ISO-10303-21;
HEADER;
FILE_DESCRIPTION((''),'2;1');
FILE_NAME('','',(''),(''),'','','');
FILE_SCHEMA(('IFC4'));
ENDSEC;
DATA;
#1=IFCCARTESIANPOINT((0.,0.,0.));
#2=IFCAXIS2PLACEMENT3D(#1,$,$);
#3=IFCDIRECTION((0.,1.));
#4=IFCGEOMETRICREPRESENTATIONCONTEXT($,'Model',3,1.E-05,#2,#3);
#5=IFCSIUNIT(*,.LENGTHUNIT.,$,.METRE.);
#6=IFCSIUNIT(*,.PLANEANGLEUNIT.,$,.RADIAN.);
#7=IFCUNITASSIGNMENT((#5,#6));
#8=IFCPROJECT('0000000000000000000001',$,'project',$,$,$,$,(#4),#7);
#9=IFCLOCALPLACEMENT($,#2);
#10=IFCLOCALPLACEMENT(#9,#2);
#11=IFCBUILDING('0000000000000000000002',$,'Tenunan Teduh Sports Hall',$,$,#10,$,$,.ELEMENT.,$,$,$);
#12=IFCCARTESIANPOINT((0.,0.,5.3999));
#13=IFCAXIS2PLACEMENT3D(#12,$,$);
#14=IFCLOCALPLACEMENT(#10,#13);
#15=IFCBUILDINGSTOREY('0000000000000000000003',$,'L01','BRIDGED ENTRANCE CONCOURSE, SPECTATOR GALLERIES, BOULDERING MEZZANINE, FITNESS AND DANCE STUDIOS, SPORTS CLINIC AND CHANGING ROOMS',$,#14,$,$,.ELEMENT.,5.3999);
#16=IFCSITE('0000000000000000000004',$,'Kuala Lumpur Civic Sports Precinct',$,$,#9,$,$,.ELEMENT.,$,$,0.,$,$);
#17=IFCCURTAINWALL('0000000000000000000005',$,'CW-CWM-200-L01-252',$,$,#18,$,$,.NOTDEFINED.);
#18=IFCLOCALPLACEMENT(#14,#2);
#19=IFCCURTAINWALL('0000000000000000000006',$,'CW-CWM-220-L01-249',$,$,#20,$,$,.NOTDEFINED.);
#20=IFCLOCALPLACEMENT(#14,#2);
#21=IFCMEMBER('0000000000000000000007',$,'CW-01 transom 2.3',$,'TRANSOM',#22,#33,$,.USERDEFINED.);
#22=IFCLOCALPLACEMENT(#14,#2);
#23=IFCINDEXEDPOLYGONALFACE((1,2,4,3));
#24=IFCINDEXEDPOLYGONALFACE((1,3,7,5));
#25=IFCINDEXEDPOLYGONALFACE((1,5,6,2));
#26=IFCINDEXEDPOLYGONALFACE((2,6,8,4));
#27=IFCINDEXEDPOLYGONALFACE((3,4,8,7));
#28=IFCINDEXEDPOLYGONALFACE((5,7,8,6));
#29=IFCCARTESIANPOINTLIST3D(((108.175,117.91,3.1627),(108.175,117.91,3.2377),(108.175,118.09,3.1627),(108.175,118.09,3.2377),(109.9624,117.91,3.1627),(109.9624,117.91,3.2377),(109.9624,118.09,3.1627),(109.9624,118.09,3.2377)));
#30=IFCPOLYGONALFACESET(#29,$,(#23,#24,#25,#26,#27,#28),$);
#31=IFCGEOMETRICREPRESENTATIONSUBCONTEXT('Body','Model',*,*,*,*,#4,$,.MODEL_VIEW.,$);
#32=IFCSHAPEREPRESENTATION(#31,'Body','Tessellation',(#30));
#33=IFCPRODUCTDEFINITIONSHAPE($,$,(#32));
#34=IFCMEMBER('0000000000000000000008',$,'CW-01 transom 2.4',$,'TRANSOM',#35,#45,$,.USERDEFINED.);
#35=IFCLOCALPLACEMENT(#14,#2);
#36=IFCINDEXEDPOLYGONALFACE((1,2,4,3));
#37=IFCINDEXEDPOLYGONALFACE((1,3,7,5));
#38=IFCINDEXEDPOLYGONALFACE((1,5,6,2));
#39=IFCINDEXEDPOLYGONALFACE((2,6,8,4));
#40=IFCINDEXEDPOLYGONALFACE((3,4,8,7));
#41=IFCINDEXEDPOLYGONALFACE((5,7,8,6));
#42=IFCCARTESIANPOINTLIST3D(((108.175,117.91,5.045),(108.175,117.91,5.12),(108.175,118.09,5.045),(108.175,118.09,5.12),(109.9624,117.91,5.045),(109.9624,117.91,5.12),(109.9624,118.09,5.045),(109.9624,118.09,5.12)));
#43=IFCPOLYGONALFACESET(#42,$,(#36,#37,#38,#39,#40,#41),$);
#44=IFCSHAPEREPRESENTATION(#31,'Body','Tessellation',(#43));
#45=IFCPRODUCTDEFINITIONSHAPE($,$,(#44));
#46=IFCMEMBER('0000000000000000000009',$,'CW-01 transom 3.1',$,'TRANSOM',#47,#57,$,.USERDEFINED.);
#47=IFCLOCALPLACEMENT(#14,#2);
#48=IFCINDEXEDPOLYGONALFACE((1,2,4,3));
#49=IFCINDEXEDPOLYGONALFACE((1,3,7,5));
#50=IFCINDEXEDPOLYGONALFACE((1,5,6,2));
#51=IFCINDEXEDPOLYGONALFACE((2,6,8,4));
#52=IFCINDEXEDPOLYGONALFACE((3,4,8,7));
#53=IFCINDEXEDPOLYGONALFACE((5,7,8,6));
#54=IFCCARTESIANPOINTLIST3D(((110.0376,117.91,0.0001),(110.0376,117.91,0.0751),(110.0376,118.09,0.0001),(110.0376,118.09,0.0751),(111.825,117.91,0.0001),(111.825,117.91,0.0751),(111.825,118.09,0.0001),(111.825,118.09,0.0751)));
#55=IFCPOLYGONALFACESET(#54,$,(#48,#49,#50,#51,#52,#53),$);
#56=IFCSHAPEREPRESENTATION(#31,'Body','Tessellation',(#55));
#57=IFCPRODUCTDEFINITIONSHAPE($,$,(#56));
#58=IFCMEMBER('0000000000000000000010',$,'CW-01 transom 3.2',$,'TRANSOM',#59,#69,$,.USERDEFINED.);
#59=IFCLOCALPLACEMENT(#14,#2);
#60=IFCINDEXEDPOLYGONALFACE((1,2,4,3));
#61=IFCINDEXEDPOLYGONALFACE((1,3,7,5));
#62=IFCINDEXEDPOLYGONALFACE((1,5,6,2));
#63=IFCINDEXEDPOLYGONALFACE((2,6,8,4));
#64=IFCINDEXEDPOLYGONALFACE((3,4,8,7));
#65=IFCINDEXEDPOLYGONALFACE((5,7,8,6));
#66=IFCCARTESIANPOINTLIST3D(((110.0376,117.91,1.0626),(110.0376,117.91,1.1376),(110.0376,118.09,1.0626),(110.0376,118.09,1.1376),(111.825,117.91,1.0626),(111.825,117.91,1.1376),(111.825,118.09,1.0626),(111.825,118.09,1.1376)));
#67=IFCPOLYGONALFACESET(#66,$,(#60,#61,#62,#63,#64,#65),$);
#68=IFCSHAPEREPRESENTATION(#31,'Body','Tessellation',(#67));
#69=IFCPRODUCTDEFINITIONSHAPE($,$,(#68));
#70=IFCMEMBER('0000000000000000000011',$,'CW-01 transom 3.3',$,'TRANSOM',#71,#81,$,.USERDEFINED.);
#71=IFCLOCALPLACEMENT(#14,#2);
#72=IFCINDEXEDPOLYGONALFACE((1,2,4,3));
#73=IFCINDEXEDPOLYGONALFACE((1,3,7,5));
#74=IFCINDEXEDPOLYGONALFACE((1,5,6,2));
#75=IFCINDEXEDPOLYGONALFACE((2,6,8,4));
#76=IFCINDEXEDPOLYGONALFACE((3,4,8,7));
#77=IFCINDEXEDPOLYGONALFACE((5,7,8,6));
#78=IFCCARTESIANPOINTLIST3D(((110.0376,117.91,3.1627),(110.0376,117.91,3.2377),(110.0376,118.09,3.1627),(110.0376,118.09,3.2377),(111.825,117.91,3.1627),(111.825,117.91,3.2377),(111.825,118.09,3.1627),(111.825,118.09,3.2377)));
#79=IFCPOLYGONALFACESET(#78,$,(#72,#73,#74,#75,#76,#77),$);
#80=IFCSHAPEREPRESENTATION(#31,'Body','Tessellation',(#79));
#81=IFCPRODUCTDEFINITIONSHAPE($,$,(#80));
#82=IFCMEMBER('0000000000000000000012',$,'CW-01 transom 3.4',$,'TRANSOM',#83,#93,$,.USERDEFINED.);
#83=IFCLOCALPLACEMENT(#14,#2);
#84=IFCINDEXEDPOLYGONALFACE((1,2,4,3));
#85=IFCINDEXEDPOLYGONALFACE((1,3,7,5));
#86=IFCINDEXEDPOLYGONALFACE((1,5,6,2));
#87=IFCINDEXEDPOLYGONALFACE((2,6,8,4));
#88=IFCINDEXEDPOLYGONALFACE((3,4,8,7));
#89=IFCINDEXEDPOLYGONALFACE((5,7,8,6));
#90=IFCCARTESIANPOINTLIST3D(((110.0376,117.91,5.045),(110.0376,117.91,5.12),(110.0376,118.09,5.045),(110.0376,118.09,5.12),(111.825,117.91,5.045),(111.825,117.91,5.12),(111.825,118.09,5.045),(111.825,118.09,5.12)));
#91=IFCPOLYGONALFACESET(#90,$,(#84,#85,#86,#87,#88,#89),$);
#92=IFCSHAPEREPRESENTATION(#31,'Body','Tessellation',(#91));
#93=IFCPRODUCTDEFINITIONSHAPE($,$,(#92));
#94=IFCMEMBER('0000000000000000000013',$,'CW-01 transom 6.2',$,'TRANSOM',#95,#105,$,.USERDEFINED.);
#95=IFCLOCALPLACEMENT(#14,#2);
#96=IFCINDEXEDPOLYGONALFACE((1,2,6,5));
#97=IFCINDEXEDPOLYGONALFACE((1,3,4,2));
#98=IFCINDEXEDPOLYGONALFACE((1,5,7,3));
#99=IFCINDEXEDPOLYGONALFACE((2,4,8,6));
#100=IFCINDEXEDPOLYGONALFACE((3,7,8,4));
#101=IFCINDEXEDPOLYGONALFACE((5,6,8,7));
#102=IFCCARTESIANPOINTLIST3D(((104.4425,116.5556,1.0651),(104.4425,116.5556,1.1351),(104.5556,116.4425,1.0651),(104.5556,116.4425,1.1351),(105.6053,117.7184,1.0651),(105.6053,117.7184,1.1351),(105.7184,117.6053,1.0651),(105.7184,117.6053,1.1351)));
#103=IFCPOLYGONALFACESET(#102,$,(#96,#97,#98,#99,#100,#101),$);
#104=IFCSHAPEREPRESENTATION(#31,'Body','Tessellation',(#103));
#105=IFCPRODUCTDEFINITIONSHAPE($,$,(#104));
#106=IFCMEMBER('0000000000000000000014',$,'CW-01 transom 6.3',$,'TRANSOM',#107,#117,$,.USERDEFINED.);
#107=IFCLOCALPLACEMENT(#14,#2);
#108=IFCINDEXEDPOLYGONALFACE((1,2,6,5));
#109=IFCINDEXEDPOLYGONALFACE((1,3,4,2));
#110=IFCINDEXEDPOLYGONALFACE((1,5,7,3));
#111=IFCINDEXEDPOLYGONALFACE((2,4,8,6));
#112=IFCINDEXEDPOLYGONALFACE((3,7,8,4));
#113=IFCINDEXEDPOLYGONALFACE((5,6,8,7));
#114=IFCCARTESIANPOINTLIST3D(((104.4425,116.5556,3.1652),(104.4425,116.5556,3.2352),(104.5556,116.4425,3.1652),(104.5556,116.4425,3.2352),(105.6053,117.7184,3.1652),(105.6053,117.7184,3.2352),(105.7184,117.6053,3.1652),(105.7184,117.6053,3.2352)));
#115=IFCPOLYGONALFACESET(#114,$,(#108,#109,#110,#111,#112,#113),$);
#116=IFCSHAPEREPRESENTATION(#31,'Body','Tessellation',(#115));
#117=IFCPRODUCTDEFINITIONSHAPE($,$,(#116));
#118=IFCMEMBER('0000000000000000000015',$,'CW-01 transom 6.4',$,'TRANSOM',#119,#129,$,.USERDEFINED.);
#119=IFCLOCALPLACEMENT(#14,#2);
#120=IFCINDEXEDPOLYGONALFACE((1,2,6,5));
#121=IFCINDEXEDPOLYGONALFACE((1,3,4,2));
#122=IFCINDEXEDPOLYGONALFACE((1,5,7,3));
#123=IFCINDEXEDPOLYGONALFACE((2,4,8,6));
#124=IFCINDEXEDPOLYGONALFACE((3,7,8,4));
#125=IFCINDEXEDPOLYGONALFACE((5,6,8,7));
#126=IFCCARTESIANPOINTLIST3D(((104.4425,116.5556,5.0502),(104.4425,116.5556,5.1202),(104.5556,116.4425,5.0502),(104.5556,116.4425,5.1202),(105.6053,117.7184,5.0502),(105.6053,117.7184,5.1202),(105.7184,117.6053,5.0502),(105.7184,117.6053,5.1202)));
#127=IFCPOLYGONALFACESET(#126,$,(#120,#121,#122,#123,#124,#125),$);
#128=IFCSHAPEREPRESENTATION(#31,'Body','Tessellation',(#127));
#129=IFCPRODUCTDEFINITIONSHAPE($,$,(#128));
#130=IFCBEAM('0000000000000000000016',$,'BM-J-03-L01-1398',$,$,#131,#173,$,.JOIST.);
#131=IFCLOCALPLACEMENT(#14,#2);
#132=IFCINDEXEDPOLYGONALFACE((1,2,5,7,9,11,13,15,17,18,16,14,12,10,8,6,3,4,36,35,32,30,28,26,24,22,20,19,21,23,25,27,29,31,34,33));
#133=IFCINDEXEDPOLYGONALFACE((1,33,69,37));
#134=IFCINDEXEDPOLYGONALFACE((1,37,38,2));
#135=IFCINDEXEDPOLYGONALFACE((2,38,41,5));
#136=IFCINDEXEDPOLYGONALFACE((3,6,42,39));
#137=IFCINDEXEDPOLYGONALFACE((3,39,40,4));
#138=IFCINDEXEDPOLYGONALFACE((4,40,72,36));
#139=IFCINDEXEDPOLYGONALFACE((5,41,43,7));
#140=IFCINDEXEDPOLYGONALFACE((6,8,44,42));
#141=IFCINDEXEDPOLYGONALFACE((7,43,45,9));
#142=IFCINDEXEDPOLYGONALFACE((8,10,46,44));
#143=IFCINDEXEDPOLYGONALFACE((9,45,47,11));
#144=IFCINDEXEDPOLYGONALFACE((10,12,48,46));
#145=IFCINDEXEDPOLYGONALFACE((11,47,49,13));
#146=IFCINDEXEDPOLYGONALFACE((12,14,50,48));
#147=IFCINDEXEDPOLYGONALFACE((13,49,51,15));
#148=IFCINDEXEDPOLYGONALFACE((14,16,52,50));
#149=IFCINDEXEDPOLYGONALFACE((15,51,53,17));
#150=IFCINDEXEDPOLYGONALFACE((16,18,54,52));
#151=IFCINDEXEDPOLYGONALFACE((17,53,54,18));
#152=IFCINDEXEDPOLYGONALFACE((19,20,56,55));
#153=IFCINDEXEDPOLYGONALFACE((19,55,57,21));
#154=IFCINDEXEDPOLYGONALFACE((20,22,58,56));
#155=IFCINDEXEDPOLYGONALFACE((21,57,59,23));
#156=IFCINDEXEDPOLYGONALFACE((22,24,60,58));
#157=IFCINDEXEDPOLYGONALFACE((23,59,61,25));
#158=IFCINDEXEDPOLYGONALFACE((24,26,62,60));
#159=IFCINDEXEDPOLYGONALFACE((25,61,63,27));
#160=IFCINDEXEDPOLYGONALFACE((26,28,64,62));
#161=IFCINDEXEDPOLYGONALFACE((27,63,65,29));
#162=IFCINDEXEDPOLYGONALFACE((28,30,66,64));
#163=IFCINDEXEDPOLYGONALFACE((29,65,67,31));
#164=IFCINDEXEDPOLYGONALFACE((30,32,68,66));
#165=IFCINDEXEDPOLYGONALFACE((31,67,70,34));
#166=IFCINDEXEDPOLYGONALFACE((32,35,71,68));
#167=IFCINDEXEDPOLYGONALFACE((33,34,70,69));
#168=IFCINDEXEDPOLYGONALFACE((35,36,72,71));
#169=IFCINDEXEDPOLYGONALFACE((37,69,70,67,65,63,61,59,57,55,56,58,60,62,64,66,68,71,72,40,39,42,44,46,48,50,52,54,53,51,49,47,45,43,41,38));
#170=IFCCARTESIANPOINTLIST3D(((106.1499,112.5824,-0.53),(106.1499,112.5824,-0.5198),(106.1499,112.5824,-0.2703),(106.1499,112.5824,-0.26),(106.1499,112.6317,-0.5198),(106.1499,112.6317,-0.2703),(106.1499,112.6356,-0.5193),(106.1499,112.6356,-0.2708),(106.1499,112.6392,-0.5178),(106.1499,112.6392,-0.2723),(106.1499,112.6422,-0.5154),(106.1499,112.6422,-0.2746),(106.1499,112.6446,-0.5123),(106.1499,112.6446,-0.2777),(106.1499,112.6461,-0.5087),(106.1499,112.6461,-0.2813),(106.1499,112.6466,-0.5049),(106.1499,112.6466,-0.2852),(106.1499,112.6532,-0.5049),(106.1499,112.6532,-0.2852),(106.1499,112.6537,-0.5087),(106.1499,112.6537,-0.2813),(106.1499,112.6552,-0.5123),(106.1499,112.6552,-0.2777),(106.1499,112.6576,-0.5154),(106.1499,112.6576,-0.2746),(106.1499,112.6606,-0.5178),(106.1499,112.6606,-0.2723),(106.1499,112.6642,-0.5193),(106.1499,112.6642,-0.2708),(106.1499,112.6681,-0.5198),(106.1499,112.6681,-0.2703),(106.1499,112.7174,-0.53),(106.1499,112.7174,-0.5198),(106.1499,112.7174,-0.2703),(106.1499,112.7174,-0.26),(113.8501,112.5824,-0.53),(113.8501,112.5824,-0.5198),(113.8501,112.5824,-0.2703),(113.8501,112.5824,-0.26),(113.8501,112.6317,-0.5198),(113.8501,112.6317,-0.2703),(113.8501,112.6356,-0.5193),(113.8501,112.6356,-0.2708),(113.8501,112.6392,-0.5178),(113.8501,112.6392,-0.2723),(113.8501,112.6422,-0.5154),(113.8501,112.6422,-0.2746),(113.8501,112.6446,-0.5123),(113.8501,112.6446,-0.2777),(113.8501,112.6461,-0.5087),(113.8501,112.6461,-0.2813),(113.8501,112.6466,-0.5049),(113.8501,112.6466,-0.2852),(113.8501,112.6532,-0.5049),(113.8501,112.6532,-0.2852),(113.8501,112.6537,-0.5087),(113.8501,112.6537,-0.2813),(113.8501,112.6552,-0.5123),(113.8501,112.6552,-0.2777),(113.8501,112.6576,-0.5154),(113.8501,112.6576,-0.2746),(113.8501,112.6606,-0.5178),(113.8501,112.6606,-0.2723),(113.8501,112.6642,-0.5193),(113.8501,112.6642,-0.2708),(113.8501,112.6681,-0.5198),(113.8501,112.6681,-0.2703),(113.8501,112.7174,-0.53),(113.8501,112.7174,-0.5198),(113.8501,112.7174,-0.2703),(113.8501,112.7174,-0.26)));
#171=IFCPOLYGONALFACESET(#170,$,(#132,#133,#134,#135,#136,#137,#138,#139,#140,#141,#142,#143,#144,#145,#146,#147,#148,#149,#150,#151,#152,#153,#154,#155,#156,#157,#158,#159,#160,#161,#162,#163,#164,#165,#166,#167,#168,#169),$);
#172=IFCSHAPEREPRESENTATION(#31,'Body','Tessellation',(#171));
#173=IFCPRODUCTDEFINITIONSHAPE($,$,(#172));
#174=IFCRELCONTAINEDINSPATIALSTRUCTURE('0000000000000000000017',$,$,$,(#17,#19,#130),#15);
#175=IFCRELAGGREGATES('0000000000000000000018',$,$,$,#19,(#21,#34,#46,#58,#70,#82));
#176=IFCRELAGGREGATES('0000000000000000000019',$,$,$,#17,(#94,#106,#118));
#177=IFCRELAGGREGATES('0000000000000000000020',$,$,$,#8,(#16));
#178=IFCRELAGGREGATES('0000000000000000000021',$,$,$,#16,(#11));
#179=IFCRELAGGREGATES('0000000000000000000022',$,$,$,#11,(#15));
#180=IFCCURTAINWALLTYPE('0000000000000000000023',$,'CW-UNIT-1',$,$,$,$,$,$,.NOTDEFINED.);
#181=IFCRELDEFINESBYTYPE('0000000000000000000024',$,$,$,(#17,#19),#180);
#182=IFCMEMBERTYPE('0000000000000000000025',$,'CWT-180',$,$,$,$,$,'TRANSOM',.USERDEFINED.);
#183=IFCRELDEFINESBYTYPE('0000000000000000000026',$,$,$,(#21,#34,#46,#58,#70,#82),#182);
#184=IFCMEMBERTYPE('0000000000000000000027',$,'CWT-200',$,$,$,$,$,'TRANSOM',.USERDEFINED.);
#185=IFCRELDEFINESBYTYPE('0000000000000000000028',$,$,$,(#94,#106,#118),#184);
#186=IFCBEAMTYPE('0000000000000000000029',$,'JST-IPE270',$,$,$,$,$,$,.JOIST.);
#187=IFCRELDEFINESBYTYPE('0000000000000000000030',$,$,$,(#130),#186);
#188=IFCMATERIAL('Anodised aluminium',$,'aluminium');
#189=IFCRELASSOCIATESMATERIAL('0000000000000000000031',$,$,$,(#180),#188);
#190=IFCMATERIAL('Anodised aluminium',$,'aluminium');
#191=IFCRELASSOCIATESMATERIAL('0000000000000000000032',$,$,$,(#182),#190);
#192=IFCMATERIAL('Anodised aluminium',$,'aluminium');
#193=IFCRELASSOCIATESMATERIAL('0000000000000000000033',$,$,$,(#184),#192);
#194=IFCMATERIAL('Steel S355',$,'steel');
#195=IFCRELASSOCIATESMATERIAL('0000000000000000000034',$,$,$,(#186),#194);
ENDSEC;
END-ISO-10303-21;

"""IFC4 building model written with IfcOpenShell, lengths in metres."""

from ifc_helpers import new_model, si_unit, direction, frame, origin, origin_2d, place, context, subcontext, project, spatial, rectangle, i_section, extrude, material, material_profile, profile_set, type_object, element, aggregate, save


model = new_model("IFC4")

# Units and contexts
model_context = context("Model", 3, precision=1e-05, world=origin(), true_north=direction((0.0, 1.0)))
body_context = subcontext(model_context, "Body", "Model", "MODEL_VIEW")
ifc_project = project(units=[si_unit("LENGTHUNIT", "METRE"), si_unit("PLANEANGLEUNIT", "RADIAN")], contexts=[model_context])

# Site, building, storey
site_placement = place(None, origin())
site = spatial("IfcSite", under=ifc_project, at=site_placement, Name="Kuala Lumpur Civic Sports Precinct", CompositionType="ELEMENT", RefElevation=0.0)
building_placement = place(site_placement, origin())
building = spatial("IfcBuilding", under=site, at=building_placement, Name="Tenunan Teduh Sports Hall", CompositionType="ELEMENT")
storey_placement = place(building_placement, frame((0.0, 0.0, 5.3999)))
storey = spatial("IfcBuildingStorey", under=building, at=storey_placement, Name="L01", Description="BRIDGED ENTRANCE CONCOURSE, SPECTATOR GALLERIES, BOULDERING MEZZANINE, FITNESS AND DANCE STUDIOS, SPORTS CLINIC AND CHANGING ROOMS", CompositionType="ELEMENT", Elevation=5.3999)

# Curtain wall
ifc_material_1 = material(Name="Anodised aluminium", Category="aluminium")
curtain_wall_type = type_object("IfcCurtainWallType", Name="CW-UNIT-1", PredefinedType="NOTDEFINED", material=ifc_material_1)
curtain_wall_1_placement = place(storey_placement, origin())
curtain_wall_1 = element("IfcCurtainWall", 1, at=curtain_wall_1_placement, inside=storey, type_object=curtain_wall_type, Name="CW-CWM-200-L01-252", PredefinedType="NOTDEFINED")

# Curtain wall, members
curtain_wall_2_placement = place(storey_placement, origin())
curtain_wall_2 = element("IfcCurtainWall", 2, at=curtain_wall_2_placement, inside=storey, type_object=curtain_wall_type, Name="CW-CWM-220-L01-249", PredefinedType="NOTDEFINED")
ifc_material_2 = material(Name="Anodised aluminium", Category="aluminium")
ifc_material_profile_1 = material_profile(ifc_material_2, rectangle(XDim=0.075, YDim=0.1799, at=origin_2d()), Name="CWT 75x180")
ifc_profile_set_1 = profile_set([ifc_material_profile_1], Name="Anodised aluminium")
member_type_1 = type_object("IfcMemberType", Name="CWT-180", ElementType="TRANSOM", PredefinedType="USERDEFINED", material=ifc_profile_set_1)
member_1_placement = place(storey_placement, frame((108.175, 118.0, 3.2002), z_axis=(1.0, 0.0, 0.0), x_axis=(0.0, 0.0, 1.0)))
member_1 = element("IfcMember", 3, at=member_1_placement, type_object=member_type_1, Name="CW-01 transom 2.3", ObjectType="TRANSOM", PredefinedType="USERDEFINED", context=body_context, shape_type="SweptSolid", body=[
    extrude(rectangle(XDim=0.075, YDim=0.1799, at=origin_2d()), origin(), (0.0, 0.0, 1.0), 1.7874),
])
member_2_placement = place(storey_placement, frame((108.175, 118.0, 5.0825), z_axis=(1.0, 0.0, 0.0), x_axis=(0.0, 0.0, 1.0)))
member_2 = element("IfcMember", 4, at=member_2_placement, type_object=member_type_1, Name="CW-01 transom 2.4", ObjectType="TRANSOM", PredefinedType="USERDEFINED", context=body_context, shape_type="SweptSolid", body=[
    extrude(rectangle(XDim=0.075, YDim=0.1799, at=origin_2d()), origin(), (0.0, 0.0, 1.0), 1.7874),
])
member_3_placement = place(storey_placement, frame((110.0376, 118.0, 0.0376), z_axis=(1.0, 0.0, 0.0), x_axis=(0.0, 0.0, 1.0)))
member_3 = element("IfcMember", 5, at=member_3_placement, type_object=member_type_1, Name="CW-01 transom 3.1", ObjectType="TRANSOM", PredefinedType="USERDEFINED", context=body_context, shape_type="SweptSolid", body=[
    extrude(rectangle(XDim=0.075, YDim=0.1799, at=origin_2d()), origin(), (0.0, 0.0, 1.0), 1.7874),
])
member_4_placement = place(storey_placement, frame((110.0376, 118.0, 1.1001), z_axis=(1.0, 0.0, 0.0), x_axis=(0.0, 0.0, 1.0)))
member_4 = element("IfcMember", 6, at=member_4_placement, type_object=member_type_1, Name="CW-01 transom 3.2", ObjectType="TRANSOM", PredefinedType="USERDEFINED", context=body_context, shape_type="SweptSolid", body=[
    extrude(rectangle(XDim=0.075, YDim=0.1799, at=origin_2d()), origin(), (0.0, 0.0, 1.0), 1.7874),
])
member_5_placement = place(storey_placement, frame((110.0376, 118.0, 3.2002), z_axis=(1.0, 0.0, 0.0), x_axis=(0.0, 0.0, 1.0)))
member_5 = element("IfcMember", 7, at=member_5_placement, type_object=member_type_1, Name="CW-01 transom 3.3", ObjectType="TRANSOM", PredefinedType="USERDEFINED", context=body_context, shape_type="SweptSolid", body=[
    extrude(rectangle(XDim=0.075, YDim=0.1799, at=origin_2d()), origin(), (0.0, 0.0, 1.0), 1.7874),
])
member_6_placement = place(storey_placement, frame((110.0376, 118.0, 5.0825), z_axis=(1.0, 0.0, 0.0), x_axis=(0.0, 0.0, 1.0)))
member_6 = element("IfcMember", 8, at=member_6_placement, type_object=member_type_1, Name="CW-01 transom 3.4", ObjectType="TRANSOM", PredefinedType="USERDEFINED", context=body_context, shape_type="SweptSolid", body=[
    extrude(rectangle(XDim=0.075, YDim=0.1799, at=origin_2d()), origin(), (0.0, 0.0, 1.0), 1.7874),
])

# Members
ifc_material_3 = material(Name="Anodised aluminium", Category="aluminium")
ifc_material_profile_2 = material_profile(ifc_material_3, rectangle(XDim=0.0701, YDim=0.1599, at=origin_2d()), Name="CWT 70x160")
ifc_profile_set_2 = profile_set([ifc_material_profile_2], Name="Anodised aluminium")
member_type_2 = type_object("IfcMemberType", Name="CWT-200", ElementType="TRANSOM", PredefinedType="USERDEFINED", material=ifc_profile_set_2)
member_7_placement = place(storey_placement, frame((104.499, 116.499, 1.1001), z_axis=(0.707107, 0.707107, 0.0), x_axis=(0.0, 0.0, 1.0)))
member_7 = element("IfcMember", 9, at=member_7_placement, type_object=member_type_2, Name="CW-01 transom 6.2", ObjectType="TRANSOM", PredefinedType="USERDEFINED", context=body_context, shape_type="SweptSolid", body=[
    extrude(rectangle(XDim=0.0701, YDim=0.1599, at=origin_2d()), origin(), (0.0, 0.0, 1.0), 1.6445),
])
member_8_placement = place(storey_placement, frame((104.499, 116.499, 3.2002), z_axis=(0.707107, 0.707107, 0.0), x_axis=(0.0, 0.0, 1.0)))
member_8 = element("IfcMember", 10, at=member_8_placement, type_object=member_type_2, Name="CW-01 transom 6.3", ObjectType="TRANSOM", PredefinedType="USERDEFINED", context=body_context, shape_type="SweptSolid", body=[
    extrude(rectangle(XDim=0.0701, YDim=0.1599, at=origin_2d()), origin(), (0.0, 0.0, 1.0), 1.6445),
])
member_9_placement = place(storey_placement, frame((104.499, 116.499, 5.0852), z_axis=(0.707107, 0.707107, 0.0), x_axis=(0.0, 0.0, 1.0)))
member_9 = element("IfcMember", 11, at=member_9_placement, type_object=member_type_2, Name="CW-01 transom 6.4", ObjectType="TRANSOM", PredefinedType="USERDEFINED", context=body_context, shape_type="SweptSolid", body=[
    extrude(rectangle(XDim=0.0701, YDim=0.1599, at=origin_2d()), origin(), (0.0, 0.0, 1.0), 1.6445),
])

# Beam
ifc_material_4 = material(Name="Steel S355", Category="steel")
ifc_material_profile_3 = material_profile(ifc_material_4, i_section(OverallWidth=0.135, OverallDepth=0.27, WebThickness=0.0066, FlangeThickness=0.0103, FilletRadius=0.0149, at=origin_2d()), Name="IPE 270")
ifc_profile_set_3 = profile_set([ifc_material_profile_3], Name="Steel S355")
beam_type_1 = type_object("IfcBeamType", Name="JST-IPE270", PredefinedType="JOIST", material=ifc_profile_set_3)
beam_1_placement = place(storey_placement, frame((106.1499, 112.6499, -0.395), z_axis=(1.0, 0.0, 0.0), x_axis=(0.0, 1.0, 0.0)))
element("IfcBeam", 12, at=beam_1_placement, inside=storey, type_object=beam_type_1, Name="BM-J-03-L01-1398", PredefinedType="JOIST", context=body_context, shape_type="SweptSolid", body=[
    extrude(i_section(OverallWidth=0.135, OverallDepth=0.27, WebThickness=0.0066, FlangeThickness=0.0103, FilletRadius=0.0149, at=origin_2d()), origin(), (0.0, 0.0, 1.0), 7.7002),
])

aggregate(curtain_wall_2, [member_1, member_2, member_3, member_4, member_5, member_6])
aggregate(curtain_wall_1, [member_7, member_8, member_9])

save(model, "model.ifc")
